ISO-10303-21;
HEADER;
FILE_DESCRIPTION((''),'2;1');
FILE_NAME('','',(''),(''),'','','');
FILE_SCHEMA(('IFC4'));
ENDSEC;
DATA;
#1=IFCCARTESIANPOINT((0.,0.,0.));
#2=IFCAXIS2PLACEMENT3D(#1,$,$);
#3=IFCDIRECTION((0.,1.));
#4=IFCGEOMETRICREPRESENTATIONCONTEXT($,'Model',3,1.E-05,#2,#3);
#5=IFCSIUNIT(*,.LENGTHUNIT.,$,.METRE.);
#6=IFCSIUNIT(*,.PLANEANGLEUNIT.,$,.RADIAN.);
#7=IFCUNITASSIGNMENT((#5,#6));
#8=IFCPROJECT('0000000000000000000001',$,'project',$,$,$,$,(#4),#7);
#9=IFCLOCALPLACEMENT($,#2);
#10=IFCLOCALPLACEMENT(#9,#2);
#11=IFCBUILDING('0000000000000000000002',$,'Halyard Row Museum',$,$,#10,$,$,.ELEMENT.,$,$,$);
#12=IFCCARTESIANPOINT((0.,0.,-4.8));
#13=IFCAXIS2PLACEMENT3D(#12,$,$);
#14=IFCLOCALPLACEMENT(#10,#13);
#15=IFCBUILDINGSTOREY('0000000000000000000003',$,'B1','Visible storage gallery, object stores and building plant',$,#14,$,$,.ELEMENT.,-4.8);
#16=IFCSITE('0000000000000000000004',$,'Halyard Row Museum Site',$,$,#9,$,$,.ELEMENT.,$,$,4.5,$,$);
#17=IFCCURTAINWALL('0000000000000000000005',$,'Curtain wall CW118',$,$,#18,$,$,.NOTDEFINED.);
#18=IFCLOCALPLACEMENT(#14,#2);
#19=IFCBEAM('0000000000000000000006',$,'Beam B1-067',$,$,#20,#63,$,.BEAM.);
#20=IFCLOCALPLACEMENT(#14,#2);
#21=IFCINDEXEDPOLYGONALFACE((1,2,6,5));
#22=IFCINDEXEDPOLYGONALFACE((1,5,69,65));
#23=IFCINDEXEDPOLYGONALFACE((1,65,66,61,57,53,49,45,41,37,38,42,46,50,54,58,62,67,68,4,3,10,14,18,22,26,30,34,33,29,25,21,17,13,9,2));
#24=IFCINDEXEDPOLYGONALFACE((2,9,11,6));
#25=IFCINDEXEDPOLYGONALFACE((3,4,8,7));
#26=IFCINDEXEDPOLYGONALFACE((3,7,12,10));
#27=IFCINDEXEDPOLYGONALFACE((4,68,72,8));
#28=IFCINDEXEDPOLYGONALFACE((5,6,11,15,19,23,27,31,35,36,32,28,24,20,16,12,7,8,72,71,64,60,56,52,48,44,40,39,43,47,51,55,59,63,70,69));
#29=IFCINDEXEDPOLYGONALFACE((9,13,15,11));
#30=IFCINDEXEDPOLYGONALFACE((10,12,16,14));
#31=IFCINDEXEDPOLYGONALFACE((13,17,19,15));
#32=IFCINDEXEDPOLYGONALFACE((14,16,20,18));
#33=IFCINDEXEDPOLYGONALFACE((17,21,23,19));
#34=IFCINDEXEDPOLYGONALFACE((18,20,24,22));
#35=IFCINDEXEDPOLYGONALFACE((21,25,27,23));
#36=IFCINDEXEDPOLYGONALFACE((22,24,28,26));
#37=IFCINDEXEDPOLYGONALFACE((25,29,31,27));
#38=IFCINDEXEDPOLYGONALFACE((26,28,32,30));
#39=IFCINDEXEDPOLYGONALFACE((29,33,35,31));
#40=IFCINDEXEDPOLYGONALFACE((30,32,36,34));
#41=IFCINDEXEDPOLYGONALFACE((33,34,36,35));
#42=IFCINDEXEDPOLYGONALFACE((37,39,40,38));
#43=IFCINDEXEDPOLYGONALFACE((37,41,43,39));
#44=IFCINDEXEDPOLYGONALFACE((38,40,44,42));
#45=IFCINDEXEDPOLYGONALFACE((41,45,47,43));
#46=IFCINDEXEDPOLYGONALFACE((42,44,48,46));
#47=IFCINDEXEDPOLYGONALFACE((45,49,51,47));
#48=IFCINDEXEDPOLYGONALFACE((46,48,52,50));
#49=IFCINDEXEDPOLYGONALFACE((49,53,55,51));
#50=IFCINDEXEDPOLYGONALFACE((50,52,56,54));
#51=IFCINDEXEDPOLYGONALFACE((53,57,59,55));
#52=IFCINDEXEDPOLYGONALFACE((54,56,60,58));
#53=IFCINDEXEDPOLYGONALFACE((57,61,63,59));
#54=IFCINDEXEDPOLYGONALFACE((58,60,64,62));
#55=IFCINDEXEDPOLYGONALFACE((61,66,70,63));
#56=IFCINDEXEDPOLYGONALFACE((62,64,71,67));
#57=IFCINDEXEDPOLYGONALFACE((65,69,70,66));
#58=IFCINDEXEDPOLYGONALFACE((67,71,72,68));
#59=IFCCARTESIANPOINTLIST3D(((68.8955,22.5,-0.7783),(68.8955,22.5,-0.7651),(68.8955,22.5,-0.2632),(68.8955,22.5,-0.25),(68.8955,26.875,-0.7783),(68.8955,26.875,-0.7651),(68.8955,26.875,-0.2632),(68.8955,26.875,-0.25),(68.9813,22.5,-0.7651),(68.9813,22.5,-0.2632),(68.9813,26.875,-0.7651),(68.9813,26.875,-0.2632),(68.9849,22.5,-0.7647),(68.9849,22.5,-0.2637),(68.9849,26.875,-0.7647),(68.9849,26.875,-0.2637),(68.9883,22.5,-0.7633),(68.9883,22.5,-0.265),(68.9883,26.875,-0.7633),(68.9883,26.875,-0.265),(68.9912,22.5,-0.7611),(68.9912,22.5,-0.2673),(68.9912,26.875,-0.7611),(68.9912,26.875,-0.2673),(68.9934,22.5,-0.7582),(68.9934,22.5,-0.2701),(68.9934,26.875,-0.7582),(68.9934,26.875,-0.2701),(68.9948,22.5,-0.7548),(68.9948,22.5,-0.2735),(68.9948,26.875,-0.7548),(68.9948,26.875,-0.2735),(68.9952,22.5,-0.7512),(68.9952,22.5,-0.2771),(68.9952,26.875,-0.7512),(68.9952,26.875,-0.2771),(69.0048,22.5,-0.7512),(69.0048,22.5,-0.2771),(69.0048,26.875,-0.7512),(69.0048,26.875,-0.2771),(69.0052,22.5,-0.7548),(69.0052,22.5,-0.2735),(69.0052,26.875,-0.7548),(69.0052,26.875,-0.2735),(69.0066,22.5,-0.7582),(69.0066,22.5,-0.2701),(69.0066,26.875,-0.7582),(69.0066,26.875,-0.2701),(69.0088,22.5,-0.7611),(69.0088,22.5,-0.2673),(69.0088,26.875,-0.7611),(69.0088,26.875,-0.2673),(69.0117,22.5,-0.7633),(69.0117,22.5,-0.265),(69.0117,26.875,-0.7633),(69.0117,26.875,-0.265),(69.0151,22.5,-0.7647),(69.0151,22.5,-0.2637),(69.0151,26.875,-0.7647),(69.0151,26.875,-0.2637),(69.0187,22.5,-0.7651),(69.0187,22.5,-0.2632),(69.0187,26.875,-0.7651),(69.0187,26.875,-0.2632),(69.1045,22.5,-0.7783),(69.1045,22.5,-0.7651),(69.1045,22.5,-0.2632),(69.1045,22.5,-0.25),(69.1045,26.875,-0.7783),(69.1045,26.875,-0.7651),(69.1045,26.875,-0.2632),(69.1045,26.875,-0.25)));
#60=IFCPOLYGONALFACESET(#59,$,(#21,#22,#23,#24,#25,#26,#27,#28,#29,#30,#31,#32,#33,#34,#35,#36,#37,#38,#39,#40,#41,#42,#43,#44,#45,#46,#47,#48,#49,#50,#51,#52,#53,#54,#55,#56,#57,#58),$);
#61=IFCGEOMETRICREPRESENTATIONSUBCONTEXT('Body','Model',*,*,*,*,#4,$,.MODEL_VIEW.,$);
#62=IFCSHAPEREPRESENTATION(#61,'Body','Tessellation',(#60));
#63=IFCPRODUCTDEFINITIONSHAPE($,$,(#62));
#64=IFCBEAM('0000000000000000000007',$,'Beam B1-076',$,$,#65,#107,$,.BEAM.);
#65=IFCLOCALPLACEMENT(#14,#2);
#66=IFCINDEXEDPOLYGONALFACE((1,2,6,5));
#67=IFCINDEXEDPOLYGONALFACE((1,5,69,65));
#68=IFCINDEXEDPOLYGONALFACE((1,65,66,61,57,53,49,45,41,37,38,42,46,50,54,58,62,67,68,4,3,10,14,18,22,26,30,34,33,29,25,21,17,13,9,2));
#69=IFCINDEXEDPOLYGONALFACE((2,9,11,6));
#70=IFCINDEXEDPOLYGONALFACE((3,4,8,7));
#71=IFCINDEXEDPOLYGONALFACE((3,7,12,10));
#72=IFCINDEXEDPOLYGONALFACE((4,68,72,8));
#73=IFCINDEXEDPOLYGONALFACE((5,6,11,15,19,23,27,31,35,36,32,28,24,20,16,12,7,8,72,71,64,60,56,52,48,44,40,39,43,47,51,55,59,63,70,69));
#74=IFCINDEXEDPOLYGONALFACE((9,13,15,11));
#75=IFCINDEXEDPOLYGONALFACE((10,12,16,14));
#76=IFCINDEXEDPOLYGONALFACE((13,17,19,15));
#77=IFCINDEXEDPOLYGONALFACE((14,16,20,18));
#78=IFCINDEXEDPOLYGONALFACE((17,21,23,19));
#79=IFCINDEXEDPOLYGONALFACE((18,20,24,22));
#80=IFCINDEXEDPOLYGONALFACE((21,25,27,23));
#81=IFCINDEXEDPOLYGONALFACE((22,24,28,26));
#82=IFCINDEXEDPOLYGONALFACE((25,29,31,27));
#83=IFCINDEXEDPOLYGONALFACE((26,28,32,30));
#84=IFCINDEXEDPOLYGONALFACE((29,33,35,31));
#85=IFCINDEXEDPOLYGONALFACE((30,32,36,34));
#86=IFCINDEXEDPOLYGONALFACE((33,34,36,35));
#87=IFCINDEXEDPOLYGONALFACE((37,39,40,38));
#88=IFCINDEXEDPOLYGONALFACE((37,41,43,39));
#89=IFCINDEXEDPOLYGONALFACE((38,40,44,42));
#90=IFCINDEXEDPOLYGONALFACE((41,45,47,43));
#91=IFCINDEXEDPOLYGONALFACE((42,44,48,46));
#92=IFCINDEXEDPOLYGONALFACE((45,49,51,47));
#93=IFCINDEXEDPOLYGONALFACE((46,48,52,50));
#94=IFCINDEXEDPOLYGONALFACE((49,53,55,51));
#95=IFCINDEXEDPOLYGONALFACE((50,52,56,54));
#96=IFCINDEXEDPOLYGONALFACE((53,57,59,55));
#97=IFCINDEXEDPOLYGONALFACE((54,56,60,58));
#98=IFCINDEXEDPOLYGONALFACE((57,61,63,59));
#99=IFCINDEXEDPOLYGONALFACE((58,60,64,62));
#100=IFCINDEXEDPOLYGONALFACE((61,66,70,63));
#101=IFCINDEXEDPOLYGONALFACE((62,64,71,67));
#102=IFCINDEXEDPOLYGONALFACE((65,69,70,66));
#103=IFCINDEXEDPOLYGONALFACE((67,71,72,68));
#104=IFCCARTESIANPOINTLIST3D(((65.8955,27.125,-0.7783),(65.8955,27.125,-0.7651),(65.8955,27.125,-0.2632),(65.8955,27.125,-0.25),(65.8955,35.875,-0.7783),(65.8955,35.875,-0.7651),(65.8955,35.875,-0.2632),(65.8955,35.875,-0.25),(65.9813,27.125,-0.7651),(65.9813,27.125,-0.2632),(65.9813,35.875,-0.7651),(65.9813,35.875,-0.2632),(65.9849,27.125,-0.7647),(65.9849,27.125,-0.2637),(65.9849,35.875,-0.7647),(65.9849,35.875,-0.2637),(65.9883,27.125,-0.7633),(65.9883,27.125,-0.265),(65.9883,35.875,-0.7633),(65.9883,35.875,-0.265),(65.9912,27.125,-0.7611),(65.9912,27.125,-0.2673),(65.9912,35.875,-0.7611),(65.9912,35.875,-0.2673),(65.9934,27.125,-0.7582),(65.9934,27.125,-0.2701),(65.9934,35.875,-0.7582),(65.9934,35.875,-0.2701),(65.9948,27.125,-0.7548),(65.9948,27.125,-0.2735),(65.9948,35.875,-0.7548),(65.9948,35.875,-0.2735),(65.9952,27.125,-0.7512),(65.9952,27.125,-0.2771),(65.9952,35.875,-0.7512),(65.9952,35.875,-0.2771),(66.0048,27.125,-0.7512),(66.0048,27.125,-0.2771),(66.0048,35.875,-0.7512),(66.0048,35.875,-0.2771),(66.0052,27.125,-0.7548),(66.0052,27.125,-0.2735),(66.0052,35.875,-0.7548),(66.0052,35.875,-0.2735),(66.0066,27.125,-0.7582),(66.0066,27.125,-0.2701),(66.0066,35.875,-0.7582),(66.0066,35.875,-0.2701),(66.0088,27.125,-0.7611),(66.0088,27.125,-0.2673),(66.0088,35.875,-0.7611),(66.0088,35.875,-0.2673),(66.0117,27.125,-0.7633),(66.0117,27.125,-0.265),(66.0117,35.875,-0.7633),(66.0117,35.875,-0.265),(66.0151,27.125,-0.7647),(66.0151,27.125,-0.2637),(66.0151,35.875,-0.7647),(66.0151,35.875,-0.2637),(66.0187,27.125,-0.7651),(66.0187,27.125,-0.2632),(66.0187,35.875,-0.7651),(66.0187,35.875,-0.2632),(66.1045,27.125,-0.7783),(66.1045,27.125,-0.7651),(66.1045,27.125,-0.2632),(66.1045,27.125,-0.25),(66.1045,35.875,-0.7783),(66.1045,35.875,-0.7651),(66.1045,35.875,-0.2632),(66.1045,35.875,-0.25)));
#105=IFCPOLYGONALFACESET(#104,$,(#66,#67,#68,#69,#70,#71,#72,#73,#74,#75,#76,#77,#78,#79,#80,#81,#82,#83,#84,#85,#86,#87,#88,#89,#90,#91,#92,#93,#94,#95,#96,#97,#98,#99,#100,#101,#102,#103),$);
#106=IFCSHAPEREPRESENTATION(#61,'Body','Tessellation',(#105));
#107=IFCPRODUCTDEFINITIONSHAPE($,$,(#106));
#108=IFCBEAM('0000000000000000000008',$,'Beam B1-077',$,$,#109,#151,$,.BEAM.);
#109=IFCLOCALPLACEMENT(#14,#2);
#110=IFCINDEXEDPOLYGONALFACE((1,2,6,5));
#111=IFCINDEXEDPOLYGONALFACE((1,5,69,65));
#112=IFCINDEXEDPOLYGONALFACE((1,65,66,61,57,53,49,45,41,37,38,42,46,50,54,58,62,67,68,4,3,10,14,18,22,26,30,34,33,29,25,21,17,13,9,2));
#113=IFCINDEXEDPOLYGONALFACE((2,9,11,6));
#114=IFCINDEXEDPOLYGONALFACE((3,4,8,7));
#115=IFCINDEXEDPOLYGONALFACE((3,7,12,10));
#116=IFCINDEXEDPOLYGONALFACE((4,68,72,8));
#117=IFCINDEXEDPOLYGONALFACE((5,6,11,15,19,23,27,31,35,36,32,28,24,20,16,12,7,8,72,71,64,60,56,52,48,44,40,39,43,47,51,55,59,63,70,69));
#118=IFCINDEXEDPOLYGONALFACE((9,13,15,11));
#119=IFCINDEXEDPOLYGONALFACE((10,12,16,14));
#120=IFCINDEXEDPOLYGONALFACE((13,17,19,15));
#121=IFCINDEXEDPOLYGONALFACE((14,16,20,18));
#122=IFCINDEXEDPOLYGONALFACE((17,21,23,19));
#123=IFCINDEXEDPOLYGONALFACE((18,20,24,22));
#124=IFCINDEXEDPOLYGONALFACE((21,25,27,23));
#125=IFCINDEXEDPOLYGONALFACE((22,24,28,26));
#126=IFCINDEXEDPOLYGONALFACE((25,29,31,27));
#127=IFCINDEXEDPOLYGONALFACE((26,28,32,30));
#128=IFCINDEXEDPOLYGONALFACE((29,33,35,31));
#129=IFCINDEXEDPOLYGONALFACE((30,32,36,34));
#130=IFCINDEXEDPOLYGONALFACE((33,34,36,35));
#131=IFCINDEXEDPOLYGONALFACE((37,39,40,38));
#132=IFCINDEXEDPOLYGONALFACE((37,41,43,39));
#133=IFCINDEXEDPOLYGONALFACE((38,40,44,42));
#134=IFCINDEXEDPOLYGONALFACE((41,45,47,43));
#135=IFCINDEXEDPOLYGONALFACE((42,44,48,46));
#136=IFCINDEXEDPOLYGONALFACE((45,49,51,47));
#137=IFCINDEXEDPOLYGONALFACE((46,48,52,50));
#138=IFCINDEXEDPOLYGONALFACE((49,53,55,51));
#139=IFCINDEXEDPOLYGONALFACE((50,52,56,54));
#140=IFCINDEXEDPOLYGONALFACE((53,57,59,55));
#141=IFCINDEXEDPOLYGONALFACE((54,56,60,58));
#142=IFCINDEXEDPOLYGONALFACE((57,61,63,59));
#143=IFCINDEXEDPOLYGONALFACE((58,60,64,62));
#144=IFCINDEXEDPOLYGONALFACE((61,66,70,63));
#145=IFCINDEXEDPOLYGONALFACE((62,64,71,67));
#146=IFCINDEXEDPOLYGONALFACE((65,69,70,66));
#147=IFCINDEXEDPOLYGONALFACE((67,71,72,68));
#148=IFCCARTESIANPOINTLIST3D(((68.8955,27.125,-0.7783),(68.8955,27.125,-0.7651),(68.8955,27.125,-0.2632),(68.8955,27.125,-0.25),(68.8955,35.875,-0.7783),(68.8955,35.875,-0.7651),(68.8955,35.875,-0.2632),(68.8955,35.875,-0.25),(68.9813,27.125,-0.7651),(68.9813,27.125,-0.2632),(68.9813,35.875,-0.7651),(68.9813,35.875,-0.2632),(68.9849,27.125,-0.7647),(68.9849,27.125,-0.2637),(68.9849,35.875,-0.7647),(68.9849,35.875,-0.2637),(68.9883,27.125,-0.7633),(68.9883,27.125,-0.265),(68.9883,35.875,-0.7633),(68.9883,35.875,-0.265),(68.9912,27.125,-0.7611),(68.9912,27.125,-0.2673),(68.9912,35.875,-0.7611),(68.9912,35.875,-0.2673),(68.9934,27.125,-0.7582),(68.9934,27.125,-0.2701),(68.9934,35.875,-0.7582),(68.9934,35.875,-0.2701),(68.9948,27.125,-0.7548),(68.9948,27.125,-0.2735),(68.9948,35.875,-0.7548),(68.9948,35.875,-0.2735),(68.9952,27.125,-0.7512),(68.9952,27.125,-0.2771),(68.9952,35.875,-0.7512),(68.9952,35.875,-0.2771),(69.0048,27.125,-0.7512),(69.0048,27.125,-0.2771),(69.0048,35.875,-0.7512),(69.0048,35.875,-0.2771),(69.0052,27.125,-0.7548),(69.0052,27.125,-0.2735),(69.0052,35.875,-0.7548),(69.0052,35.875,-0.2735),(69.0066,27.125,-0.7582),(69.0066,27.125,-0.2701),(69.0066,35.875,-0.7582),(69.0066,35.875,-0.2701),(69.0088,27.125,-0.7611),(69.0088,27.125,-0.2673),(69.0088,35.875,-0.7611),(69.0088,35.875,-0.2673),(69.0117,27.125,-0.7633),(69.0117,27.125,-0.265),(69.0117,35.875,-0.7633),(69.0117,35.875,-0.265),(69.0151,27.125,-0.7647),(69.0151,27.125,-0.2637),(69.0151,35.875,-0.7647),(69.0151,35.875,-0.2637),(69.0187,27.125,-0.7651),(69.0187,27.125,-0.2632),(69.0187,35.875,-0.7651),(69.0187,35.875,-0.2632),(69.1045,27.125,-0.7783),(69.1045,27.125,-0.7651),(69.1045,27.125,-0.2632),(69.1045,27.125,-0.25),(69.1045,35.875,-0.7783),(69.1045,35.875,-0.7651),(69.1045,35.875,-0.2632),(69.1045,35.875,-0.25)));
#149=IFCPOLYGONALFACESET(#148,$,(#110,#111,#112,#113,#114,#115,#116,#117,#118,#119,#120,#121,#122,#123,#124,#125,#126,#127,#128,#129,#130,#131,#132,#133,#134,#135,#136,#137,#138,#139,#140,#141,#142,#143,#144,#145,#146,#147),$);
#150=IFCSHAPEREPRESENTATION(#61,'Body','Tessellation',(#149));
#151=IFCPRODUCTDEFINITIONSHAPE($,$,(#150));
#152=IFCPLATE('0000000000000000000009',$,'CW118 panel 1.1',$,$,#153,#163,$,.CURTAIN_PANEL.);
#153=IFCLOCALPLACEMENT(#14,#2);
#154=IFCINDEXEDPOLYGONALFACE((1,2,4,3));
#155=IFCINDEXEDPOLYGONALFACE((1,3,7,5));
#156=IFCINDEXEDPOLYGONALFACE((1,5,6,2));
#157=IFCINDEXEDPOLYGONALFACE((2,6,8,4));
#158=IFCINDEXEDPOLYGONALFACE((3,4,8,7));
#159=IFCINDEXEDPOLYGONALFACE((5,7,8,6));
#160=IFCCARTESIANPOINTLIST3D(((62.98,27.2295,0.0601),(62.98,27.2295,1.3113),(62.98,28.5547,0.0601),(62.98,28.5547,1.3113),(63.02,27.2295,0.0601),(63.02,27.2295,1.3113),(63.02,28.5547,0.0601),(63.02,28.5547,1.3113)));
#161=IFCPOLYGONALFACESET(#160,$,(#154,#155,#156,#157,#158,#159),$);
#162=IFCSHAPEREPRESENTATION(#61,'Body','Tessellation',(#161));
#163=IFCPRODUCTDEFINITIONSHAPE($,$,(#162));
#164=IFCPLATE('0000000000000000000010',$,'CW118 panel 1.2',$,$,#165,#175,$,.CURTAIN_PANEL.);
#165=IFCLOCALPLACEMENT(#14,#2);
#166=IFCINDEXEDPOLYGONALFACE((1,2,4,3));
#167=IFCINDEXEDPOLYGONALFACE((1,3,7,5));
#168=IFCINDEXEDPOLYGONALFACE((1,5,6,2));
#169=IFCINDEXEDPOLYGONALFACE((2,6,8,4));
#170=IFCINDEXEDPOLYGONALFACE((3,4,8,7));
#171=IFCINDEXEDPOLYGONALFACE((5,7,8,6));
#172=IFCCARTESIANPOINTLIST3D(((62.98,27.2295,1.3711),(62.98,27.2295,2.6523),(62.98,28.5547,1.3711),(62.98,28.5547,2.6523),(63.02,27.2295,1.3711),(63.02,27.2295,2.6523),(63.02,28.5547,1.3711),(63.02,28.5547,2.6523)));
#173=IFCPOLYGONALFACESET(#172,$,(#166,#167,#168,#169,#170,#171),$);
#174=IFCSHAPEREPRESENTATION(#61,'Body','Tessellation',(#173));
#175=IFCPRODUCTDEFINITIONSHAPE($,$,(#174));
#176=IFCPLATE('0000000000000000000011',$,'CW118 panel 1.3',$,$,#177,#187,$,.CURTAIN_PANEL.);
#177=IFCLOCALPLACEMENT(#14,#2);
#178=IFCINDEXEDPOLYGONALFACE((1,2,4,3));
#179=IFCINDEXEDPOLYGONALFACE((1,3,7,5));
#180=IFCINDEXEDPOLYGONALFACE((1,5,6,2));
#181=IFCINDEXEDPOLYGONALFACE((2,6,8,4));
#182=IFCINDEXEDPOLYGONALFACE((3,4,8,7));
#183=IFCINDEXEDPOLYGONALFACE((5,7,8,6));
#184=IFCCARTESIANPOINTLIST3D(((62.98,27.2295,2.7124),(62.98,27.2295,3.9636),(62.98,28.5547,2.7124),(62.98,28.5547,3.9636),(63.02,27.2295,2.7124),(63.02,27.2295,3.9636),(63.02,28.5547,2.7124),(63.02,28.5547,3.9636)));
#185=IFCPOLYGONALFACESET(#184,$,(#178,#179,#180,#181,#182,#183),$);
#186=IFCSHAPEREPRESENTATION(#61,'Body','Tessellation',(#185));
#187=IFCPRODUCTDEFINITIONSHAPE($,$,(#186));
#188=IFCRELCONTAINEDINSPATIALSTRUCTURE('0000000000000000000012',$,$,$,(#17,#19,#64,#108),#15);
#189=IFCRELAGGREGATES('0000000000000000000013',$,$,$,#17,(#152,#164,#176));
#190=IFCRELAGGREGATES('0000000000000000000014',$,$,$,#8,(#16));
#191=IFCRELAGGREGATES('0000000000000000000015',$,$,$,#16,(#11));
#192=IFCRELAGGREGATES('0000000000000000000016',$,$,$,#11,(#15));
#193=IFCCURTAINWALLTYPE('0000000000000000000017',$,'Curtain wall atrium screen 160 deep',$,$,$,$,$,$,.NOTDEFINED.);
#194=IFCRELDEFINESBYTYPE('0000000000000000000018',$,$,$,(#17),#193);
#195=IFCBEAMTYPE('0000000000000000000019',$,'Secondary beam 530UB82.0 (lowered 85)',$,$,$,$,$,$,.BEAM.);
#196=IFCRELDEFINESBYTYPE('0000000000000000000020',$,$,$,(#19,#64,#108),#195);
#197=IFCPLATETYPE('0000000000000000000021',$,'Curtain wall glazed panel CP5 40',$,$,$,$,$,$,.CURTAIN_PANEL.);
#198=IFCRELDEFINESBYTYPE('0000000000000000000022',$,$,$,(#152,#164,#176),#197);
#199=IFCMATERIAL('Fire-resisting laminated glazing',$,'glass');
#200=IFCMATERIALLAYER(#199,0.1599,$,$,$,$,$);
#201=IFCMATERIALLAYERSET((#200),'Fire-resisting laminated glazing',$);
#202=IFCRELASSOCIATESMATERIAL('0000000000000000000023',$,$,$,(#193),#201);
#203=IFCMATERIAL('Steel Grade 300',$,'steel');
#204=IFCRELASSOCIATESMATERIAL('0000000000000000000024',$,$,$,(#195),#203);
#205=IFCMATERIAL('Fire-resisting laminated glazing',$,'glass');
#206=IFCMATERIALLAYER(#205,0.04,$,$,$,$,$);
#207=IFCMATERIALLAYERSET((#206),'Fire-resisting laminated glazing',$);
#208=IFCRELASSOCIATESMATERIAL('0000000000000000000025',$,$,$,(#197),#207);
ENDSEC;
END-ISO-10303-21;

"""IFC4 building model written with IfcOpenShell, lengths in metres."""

from ifc_helpers import new_model, si_unit, direction, frame, origin, origin_2d, place, context, subcontext, project, spatial, rectangle, i_section, extrude, material, layer, layer_set, material_profile, profile_set, type_object, element, aggregate, save


model = new_model("IFC4")

# Units and contexts
model_context = context("Model", 3, precision=1e-05, world=origin(), true_north=direction((0.0, 1.0)))
body_context = subcontext(model_context, "Body", "Model", "MODEL_VIEW")
ifc_project = project(units=[si_unit("LENGTHUNIT", "METRE"), si_unit("PLANEANGLEUNIT", "RADIAN")], contexts=[model_context])

# Site, building, storey
site_placement = place(None, origin())
site = spatial("IfcSite", under=ifc_project, at=site_placement, Name="Halyard Row Museum Site", CompositionType="ELEMENT", RefElevation=4.5)
building_placement = place(site_placement, origin())
building = spatial("IfcBuilding", under=site, at=building_placement, Name="Halyard Row Museum", CompositionType="ELEMENT")
storey_placement = place(building_placement, frame((0.0, 0.0, -4.8)))
storey = spatial("IfcBuildingStorey", under=building, at=storey_placement, Name="B1", Description="Visible storage gallery, object stores and building plant", CompositionType="ELEMENT", Elevation=-4.8)

# Curtain wall
ifc_material_1 = material(Name="Fire-resisting laminated glazing", Category="glass")
ifc_layer_1 = layer(ifc_material_1, 0.1599)
ifc_layer_set_1 = layer_set([ifc_layer_1], Name="Fire-resisting laminated glazing")
curtain_wall_type = type_object("IfcCurtainWallType", Name="Curtain wall atrium screen 160 deep", PredefinedType="NOTDEFINED", material=ifc_layer_set_1)
curtain_wall_placement = place(storey_placement, origin())
curtain_wall = element("IfcCurtainWall", 1, at=curtain_wall_placement, inside=storey, type_object=curtain_wall_type, Name="Curtain wall CW118", PredefinedType="NOTDEFINED")

# Beams
ifc_material_2 = material(Name="Steel Grade 300", Category="steel")
ifc_material_profile_1 = material_profile(ifc_material_2, i_section(OverallWidth=0.209, OverallDepth=0.5283, WebThickness=0.0095, FlangeThickness=0.0132, FilletRadius=0.0139, at=origin_2d()), Name="530UB82.0")
ifc_profile_set_1 = profile_set([ifc_material_profile_1], Name="Steel Grade 300")
beam_type_1 = type_object("IfcBeamType", Name="Secondary beam 530UB82.0 (lowered 85)", PredefinedType="BEAM", material=ifc_profile_set_1)
for number, where, z_axis, x_axis, name in (
    (2, (69.0, 22.5, -0.5142), (0.0, 1.0, 0.0), (-1.0, 0.0, 0.0), "Beam B1-067"),
):
    element("IfcBeam", number, at=place(storey_placement, frame(where, z_axis=z_axis, x_axis=x_axis)), inside=storey, type_object=beam_type_1, Name=name, PredefinedType="BEAM", context=body_context, shape_type="SweptSolid", body=[
        extrude(i_section(OverallWidth=0.209, OverallDepth=0.5283, WebThickness=0.0095, FlangeThickness=0.0132, FilletRadius=0.0139, at=origin_2d()), origin(), (0.0, 0.0, 1.0), 4.375),
    ])
for number, where, z_axis, x_axis, name in (
    (3, (66.0, 27.125, -0.5142), (0.0, 1.0, 0.0), (-1.0, 0.0, 0.0), "Beam B1-076"),
    (4, (69.0, 27.125, -0.5142), (0.0, 1.0, 0.0), (-1.0, 0.0, 0.0), "Beam B1-077"),
):
    element("IfcBeam", number, at=place(storey_placement, frame(where, z_axis=z_axis, x_axis=x_axis)), inside=storey, type_object=beam_type_1, Name=name, PredefinedType="BEAM", context=body_context, shape_type="SweptSolid", body=[
        extrude(i_section(OverallWidth=0.209, OverallDepth=0.5283, WebThickness=0.0095, FlangeThickness=0.0132, FilletRadius=0.0139, at=origin_2d()), origin(), (0.0, 0.0, 1.0), 8.75),
    ])

# Plates
ifc_material_3 = material(Name="Fire-resisting laminated glazing", Category="glass")
ifc_layer_2 = layer(ifc_material_3, 0.04)
ifc_layer_set_2 = layer_set([ifc_layer_2], Name="Fire-resisting laminated glazing")
plate_type = type_object("IfcPlateType", Name="Curtain wall glazed panel CP5 40", PredefinedType="CURTAIN_PANEL", material=ifc_layer_set_2)
plate_1_placement = place(storey_placement, frame((63.0, 27.8921, 0.0601), z_axis=(0.0, 0.0, 1.0), x_axis=(0.0, 1.0, 0.0)))
plate_1 = element("IfcPlate", 5, at=plate_1_placement, type_object=plate_type, Name="CW118 panel 1.1", PredefinedType="CURTAIN_PANEL", context=body_context, shape_type="SweptSolid", body=[
    extrude(rectangle(XDim=1.3252, YDim=0.04, at=origin_2d()), origin(), (0.0, 0.0, 1.0), 1.2512),
])
plate_2_placement = place(storey_placement, frame((63.0, 27.8921, 1.3711), z_axis=(0.0, 0.0, 1.0), x_axis=(0.0, 1.0, 0.0)))
plate_2 = element("IfcPlate", 6, at=plate_2_placement, type_object=plate_type, Name="CW118 panel 1.2", PredefinedType="CURTAIN_PANEL", context=body_context, shape_type="SweptSolid", body=[
    extrude(rectangle(XDim=1.3252, YDim=0.04, at=origin_2d()), origin(), (0.0, 0.0, 1.0), 1.2812),
])
plate_3_placement = place(storey_placement, frame((63.0, 27.8921, 2.7124), z_axis=(0.0, 0.0, 1.0), x_axis=(0.0, 1.0, 0.0)))
plate_3 = element("IfcPlate", 7, at=plate_3_placement, type_object=plate_type, Name="CW118 panel 1.3", PredefinedType="CURTAIN_PANEL", context=body_context, shape_type="SweptSolid", body=[
    extrude(rectangle(XDim=1.3252, YDim=0.04, at=origin_2d()), origin(), (0.0, 0.0, 1.0), 1.2512),
])
aggregate(curtain_wall, [plate_1, plate_2, plate_3])

save(model, "model.ifc")
